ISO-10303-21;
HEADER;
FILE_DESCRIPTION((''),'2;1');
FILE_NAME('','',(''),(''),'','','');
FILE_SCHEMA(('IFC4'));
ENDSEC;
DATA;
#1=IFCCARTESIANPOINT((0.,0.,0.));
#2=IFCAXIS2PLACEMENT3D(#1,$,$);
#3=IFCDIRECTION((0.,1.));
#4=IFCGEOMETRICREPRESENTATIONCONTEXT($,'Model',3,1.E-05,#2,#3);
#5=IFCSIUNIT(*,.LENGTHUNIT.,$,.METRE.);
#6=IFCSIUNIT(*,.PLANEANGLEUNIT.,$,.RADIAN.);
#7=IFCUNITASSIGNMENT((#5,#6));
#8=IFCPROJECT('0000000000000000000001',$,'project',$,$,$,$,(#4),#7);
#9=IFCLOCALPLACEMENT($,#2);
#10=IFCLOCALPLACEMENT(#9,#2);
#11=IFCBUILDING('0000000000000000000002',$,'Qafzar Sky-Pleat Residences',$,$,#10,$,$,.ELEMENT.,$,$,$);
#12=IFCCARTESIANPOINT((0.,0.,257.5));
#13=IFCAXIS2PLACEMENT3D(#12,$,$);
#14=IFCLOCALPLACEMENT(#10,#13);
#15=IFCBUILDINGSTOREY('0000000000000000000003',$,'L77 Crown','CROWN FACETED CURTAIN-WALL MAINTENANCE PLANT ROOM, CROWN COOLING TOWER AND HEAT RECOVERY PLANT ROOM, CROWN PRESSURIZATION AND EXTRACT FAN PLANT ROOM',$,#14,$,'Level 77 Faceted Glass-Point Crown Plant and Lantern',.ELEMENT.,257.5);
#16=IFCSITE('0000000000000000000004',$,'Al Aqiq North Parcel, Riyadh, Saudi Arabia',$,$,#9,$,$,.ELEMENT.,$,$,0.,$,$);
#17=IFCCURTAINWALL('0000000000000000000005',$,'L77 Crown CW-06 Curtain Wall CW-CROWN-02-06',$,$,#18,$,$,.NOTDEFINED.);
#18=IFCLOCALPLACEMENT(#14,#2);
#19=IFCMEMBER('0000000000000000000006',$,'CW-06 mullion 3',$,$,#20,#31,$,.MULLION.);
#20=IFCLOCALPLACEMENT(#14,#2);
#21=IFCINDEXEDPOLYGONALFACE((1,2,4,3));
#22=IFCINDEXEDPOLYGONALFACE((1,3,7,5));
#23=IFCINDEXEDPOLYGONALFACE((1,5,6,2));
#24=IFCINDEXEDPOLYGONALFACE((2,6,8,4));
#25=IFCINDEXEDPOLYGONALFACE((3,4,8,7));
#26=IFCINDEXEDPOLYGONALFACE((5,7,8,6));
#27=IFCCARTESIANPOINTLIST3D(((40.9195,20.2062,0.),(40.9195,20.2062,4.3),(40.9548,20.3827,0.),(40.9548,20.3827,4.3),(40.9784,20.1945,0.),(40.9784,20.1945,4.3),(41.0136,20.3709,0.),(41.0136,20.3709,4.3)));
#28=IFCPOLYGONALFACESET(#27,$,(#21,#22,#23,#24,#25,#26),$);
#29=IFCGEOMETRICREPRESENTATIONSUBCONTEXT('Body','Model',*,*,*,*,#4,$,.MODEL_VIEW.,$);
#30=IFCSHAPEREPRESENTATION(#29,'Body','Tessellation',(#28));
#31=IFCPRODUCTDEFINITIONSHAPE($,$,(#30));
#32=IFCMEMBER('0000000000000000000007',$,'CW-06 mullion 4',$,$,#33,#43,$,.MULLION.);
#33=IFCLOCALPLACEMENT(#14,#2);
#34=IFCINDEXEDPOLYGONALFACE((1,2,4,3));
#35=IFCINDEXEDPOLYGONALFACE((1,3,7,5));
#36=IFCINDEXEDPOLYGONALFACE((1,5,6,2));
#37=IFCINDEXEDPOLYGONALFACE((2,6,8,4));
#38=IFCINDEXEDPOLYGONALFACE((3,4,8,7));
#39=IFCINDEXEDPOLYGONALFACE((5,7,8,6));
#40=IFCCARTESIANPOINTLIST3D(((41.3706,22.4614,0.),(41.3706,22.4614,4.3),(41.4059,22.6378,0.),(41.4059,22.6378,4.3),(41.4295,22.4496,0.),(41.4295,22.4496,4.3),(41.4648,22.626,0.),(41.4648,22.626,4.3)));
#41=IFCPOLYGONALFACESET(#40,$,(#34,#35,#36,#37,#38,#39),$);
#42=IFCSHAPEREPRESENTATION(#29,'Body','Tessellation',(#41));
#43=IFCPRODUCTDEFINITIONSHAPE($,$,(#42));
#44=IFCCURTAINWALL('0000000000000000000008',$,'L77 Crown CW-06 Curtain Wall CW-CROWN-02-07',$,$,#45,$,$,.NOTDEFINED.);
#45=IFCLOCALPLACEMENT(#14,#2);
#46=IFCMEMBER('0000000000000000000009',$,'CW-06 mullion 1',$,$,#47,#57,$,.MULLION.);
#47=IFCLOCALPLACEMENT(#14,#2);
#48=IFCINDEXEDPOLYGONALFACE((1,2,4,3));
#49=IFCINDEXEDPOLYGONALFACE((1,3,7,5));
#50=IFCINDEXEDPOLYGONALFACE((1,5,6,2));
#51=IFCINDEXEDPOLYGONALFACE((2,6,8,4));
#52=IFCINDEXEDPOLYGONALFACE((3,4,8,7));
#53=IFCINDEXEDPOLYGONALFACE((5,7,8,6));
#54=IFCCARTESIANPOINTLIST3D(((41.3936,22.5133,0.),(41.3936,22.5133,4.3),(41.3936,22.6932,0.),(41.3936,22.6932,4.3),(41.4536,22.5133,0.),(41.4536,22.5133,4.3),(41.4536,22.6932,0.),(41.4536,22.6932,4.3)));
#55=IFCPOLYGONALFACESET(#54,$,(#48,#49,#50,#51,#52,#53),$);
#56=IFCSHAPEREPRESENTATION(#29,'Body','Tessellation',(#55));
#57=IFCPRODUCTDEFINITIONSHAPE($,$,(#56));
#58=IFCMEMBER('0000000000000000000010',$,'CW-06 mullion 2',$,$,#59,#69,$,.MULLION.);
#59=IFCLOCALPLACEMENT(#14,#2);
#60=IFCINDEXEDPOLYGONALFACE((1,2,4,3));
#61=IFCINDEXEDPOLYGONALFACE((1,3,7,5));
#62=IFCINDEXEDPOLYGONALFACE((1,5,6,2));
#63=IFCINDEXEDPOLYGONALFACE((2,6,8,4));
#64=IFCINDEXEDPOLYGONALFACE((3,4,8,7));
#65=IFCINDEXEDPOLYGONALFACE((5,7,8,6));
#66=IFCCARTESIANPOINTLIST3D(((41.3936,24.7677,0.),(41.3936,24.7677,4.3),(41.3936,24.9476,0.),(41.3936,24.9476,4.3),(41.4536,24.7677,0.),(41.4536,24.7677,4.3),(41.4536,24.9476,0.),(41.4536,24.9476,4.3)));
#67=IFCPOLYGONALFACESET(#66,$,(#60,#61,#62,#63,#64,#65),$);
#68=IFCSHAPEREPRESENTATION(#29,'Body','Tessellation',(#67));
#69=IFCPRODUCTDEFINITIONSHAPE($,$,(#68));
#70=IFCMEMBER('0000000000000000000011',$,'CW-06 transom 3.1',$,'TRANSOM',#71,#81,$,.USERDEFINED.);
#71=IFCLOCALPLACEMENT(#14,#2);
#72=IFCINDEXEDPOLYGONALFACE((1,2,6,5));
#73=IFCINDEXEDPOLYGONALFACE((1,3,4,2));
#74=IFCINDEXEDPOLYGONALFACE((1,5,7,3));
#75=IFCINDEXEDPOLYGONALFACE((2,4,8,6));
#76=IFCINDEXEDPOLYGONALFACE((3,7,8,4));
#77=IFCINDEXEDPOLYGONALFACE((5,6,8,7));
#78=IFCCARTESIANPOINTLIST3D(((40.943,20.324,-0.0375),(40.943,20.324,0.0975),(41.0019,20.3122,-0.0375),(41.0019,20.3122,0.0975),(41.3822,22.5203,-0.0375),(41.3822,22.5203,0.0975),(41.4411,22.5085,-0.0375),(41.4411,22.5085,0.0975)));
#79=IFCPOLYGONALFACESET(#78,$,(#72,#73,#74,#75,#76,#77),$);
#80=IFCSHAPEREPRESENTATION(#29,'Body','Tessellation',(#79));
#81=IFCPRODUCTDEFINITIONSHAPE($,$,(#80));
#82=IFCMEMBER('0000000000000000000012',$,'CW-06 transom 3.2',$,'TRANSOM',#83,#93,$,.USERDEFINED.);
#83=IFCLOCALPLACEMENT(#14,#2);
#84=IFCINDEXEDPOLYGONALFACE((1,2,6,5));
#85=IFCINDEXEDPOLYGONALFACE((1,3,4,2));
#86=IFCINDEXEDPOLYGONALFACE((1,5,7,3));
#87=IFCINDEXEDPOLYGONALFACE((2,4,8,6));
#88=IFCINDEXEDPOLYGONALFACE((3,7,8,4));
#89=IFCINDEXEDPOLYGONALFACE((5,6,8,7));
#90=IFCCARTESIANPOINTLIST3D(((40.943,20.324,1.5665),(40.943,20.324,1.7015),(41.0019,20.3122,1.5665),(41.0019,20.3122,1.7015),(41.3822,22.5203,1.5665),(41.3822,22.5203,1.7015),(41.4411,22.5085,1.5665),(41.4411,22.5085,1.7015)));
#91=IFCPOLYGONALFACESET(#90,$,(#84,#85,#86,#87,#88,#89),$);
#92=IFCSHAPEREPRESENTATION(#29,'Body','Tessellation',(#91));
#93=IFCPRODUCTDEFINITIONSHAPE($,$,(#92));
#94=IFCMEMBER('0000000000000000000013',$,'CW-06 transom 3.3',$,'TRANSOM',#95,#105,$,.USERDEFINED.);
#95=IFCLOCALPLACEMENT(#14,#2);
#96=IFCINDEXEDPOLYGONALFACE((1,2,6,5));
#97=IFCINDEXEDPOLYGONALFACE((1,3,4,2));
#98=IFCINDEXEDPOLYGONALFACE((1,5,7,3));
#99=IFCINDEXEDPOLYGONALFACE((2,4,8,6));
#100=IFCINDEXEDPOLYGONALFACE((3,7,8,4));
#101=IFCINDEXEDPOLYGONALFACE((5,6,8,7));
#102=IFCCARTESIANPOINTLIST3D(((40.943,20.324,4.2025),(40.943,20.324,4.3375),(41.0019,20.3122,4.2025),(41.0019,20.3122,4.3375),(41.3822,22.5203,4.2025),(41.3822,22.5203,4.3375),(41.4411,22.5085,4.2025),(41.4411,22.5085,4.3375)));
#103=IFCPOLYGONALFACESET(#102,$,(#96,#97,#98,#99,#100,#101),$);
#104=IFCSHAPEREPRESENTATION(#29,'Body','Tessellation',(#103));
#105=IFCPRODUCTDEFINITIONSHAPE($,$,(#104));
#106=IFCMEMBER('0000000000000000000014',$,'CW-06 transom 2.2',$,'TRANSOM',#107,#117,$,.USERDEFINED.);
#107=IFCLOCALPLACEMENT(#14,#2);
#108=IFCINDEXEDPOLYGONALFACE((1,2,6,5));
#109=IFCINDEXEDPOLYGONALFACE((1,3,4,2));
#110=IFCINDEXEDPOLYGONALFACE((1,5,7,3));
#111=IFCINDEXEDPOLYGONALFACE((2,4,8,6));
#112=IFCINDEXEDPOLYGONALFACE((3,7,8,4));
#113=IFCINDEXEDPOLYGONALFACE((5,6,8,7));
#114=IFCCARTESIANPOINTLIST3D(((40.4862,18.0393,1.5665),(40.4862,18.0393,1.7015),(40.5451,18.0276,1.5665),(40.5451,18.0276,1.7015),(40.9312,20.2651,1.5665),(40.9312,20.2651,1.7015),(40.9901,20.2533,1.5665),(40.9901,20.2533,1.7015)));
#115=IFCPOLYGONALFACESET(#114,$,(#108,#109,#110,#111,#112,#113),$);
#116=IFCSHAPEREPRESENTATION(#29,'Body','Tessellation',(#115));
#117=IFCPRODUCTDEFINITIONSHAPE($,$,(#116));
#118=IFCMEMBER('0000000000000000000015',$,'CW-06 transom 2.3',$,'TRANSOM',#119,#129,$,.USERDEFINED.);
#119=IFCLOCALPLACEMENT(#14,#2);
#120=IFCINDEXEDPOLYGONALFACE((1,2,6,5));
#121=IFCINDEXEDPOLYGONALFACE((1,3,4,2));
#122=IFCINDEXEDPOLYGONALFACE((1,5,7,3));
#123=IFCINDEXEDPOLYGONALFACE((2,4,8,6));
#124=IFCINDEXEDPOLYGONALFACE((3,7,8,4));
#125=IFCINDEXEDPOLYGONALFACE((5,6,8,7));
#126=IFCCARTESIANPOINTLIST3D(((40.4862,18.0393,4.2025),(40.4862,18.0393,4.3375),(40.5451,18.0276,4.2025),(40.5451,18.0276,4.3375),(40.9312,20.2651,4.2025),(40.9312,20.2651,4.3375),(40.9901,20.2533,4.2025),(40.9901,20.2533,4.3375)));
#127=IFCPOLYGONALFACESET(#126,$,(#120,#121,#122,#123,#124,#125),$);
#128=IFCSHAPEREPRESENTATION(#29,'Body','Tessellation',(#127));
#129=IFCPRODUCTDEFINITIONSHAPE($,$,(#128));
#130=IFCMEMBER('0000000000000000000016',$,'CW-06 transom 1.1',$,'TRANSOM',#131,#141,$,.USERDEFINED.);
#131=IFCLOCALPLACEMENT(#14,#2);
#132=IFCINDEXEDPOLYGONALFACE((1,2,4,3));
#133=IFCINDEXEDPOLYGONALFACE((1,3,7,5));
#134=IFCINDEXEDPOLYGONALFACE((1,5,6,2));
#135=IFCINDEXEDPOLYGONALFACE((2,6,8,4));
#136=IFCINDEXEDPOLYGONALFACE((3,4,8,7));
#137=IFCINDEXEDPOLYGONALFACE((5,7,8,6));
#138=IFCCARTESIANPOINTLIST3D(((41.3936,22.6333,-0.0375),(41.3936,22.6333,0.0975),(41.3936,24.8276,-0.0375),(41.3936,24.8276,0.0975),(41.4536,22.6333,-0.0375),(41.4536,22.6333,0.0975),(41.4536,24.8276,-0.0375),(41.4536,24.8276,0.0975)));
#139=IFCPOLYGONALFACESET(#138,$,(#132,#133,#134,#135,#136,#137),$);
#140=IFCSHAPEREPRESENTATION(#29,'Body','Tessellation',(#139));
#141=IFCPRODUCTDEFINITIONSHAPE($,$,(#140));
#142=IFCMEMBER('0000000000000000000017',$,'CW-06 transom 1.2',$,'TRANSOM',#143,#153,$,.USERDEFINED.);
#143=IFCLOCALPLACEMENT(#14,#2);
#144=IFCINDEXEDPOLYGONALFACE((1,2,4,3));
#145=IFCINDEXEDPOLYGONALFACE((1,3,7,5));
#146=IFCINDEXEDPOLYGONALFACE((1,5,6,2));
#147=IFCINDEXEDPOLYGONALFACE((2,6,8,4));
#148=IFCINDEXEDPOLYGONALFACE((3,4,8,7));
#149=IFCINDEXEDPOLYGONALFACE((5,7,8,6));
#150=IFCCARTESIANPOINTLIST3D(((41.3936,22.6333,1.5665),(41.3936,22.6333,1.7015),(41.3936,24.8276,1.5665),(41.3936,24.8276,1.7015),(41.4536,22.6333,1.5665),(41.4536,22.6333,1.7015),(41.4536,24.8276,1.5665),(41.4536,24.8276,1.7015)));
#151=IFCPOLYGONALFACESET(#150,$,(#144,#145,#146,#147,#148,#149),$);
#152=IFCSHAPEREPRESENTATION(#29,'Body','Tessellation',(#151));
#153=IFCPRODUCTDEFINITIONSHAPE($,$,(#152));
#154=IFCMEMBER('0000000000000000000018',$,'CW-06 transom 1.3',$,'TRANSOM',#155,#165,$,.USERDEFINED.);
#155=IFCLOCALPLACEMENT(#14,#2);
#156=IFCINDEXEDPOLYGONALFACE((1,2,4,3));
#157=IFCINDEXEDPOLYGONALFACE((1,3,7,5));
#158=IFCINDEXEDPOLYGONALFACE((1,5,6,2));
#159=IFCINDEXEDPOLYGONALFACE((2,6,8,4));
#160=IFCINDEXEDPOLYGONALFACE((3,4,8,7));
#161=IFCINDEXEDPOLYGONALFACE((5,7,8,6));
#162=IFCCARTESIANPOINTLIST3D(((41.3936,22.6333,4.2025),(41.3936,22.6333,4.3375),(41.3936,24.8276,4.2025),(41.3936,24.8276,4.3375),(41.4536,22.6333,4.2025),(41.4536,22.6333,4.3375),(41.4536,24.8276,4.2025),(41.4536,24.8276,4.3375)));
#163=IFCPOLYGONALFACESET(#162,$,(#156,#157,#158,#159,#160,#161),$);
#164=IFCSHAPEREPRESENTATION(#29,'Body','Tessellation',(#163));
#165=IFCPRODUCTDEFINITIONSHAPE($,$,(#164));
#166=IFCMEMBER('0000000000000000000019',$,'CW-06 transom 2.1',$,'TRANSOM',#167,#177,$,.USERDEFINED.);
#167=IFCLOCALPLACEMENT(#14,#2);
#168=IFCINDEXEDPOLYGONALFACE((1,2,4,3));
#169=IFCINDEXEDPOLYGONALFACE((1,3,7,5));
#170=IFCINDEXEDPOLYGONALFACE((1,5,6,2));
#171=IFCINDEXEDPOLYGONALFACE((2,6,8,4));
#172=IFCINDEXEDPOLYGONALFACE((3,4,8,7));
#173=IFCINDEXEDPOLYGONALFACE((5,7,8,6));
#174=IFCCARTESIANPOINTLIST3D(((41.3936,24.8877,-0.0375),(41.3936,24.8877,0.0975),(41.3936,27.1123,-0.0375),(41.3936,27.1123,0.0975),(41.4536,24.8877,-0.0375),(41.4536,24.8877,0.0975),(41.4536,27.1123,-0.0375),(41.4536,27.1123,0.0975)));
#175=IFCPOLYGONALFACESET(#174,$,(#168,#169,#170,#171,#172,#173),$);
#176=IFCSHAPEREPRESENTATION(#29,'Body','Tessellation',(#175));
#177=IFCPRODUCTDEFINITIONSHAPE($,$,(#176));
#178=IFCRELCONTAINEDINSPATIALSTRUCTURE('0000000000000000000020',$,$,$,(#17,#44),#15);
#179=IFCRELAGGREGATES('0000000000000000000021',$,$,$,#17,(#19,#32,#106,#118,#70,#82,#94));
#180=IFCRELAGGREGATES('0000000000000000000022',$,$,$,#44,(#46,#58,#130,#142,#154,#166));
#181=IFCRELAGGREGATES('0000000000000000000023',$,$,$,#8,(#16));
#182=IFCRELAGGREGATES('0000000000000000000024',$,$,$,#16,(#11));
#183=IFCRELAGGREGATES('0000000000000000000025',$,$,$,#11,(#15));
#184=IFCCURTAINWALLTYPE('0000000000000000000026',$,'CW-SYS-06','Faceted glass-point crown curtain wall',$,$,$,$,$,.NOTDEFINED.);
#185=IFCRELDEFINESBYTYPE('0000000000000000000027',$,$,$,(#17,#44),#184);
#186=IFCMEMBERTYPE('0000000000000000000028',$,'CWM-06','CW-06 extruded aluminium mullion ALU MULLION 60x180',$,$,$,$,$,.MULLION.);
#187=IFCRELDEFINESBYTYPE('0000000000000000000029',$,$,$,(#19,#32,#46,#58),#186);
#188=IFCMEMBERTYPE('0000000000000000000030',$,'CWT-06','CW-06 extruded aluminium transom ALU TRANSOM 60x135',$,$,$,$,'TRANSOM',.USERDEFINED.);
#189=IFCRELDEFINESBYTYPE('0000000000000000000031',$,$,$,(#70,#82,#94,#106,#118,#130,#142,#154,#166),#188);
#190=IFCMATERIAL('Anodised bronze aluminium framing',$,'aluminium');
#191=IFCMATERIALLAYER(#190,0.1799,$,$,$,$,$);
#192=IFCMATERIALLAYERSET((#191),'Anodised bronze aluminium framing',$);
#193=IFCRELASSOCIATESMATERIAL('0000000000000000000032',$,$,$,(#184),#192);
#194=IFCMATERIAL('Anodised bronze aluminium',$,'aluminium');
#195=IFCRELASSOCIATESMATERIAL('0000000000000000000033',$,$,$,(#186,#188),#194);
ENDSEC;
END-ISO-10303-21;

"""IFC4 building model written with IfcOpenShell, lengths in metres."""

from ifc_helpers import new_model, si_unit, direction, frame, origin, origin_2d, place, context, subcontext, project, spatial, rectangle, extrude, source, transform, mapped, material, layer, layer_set, material_profile, profile_set, type_object, element, aggregate, save


model = new_model("IFC4")

# Units and contexts
model_context = context("Model", 3, precision=1e-05, world=origin(), true_north=direction((0.0, 1.0)))
body_context = subcontext(model_context, "Body", "Model", "MODEL_VIEW")
ifc_project = project(units=[si_unit("LENGTHUNIT", "METRE"), si_unit("PLANEANGLEUNIT", "RADIAN")], contexts=[model_context])

# Site, building, storey
site_placement = place(None, origin())
site = spatial("IfcSite", under=ifc_project, at=site_placement, Name="Al Aqiq North Parcel, Riyadh, Saudi Arabia", CompositionType="ELEMENT", RefElevation=0.0)
building_placement = place(site_placement, origin())
building = spatial("IfcBuilding", under=site, at=building_placement, Name="Qafzar Sky-Pleat Residences", CompositionType="ELEMENT")
storey_placement = place(building_placement, frame((0.0, 0.0, 257.5)))
storey = spatial("IfcBuildingStorey", under=building, at=storey_placement, Name="L77 Crown", Description="CROWN FACETED CURTAIN-WALL MAINTENANCE PLANT ROOM, CROWN COOLING TOWER AND HEAT RECOVERY PLANT ROOM, CROWN PRESSURIZATION AND EXTRACT FAN PLANT ROOM", LongName="Level 77 Faceted Glass-Point Crown Plant and Lantern", CompositionType="ELEMENT", Elevation=257.5)

# Curtain walls, members
ifc_material_1 = material(Name="Anodised bronze aluminium framing", Category="aluminium")
ifc_layer_1 = layer(ifc_material_1, 0.1799)
ifc_layer_set_1 = layer_set([ifc_layer_1], Name="Anodised bronze aluminium framing")
curtain_wall_type = type_object("IfcCurtainWallType", Name="CW-SYS-06", Description="Faceted glass-point crown curtain wall", PredefinedType="NOTDEFINED", material=ifc_layer_set_1)
curtain_wall_1_placement = place(storey_placement, origin())
curtain_wall_1 = element("IfcCurtainWall", 1, at=curtain_wall_1_placement, inside=storey, type_object=curtain_wall_type, Name="L77 Crown CW-06 Curtain Wall CW-CROWN-02-06", PredefinedType="NOTDEFINED")
ifc_material_2 = material(Name="Anodised bronze aluminium", Category="aluminium")
ifc_material_profile_1 = material_profile(ifc_material_2, rectangle(XDim=0.0601, YDim=0.1799, at=origin_2d()), Name="ALU MULLION 60x180")
ifc_profile_set_1 = profile_set([ifc_material_profile_1], Name="Anodised bronze aluminium")
member_type_1 = type_object("IfcMemberType", Name="CWM-06", Description="CW-06 extruded aluminium mullion ALU MULLION 60x180", PredefinedType="MULLION", material=ifc_profile_set_1)
shared_shape_1 = source(origin(), body_context, "Body", "SweptSolid", [
    extrude(rectangle(XDim=0.0601, YDim=0.1799, at=origin_2d()), origin(), (0.0, 0.0, 1.0), 4.3),
])
member_1_placement = place(storey_placement, frame((40.9666, 20.2886, 0.0), z_axis=(0.0, 0.0, 1.0), x_axis=(-0.980578, 0.196127, 0.0)))
member_1 = element("IfcMember", 2, at=member_1_placement, type_object=member_type_1, Name="CW-06 mullion 3", PredefinedType="MULLION", context=body_context, shape_type="MappedRepresentation", body=[
    mapped(shared_shape_1, transform((0.0, 0.0, 0.0), x_axis=(1.0, 0.0, 0.0), y_axis=(0.0, 1.0, 0.0), z_axis=(0.0, 0.0, 1.0), scale=1.0)),
])
member_2_placement = place(storey_placement, frame((41.4177, 22.5437, 0.0), z_axis=(0.0, 0.0, 1.0), x_axis=(-0.980578, 0.196127, 0.0)))
member_2 = element("IfcMember", 3, at=member_2_placement, type_object=member_type_1, Name="CW-06 mullion 4", PredefinedType="MULLION", context=body_context, shape_type="MappedRepresentation", body=[
    mapped(shared_shape_1, transform((0.0, 0.0, 0.0), x_axis=(1.0, 0.0, 0.0), y_axis=(0.0, 1.0, 0.0), z_axis=(0.0, 0.0, 1.0), scale=1.0)),
])
curtain_wall_2_placement = place(storey_placement, origin())
curtain_wall_2 = element("IfcCurtainWall", 4, at=curtain_wall_2_placement, inside=storey, type_object=curtain_wall_type, Name="L77 Crown CW-06 Curtain Wall CW-CROWN-02-07", PredefinedType="NOTDEFINED")
member_3_placement = place(storey_placement, frame((41.4236, 22.6033, 0.0), z_axis=(0.0, 0.0, 1.0), x_axis=(-1.0, 0.0, 0.0)))
member_3 = element("IfcMember", 5, at=member_3_placement, type_object=member_type_1, Name="CW-06 mullion 1", PredefinedType="MULLION", context=body_context, shape_type="MappedRepresentation", body=[
    mapped(shared_shape_1, transform((0.0, 0.0, 0.0), x_axis=(1.0, 0.0, 0.0), y_axis=(0.0, 1.0, 0.0), z_axis=(0.0, 0.0, 1.0), scale=1.0)),
])
member_4_placement = place(storey_placement, frame((41.4236, 24.8577, 0.0), z_axis=(0.0, 0.0, 1.0), x_axis=(-1.0, 0.0, 0.0)))
member_4 = element("IfcMember", 6, at=member_4_placement, type_object=member_type_1, Name="CW-06 mullion 2", PredefinedType="MULLION", context=body_context, shape_type="MappedRepresentation", body=[
    mapped(shared_shape_1, transform((0.0, 0.0, 0.0), x_axis=(1.0, 0.0, 0.0), y_axis=(0.0, 1.0, 0.0), z_axis=(0.0, 0.0, 1.0), scale=1.0)),
])

# Members
ifc_material_profile_2 = material_profile(ifc_material_2, rectangle(XDim=0.0601, YDim=0.135, at=origin_2d()), Name="ALU TRANSOM 60x135")
ifc_profile_set_2 = profile_set([ifc_material_profile_2], Name="Anodised bronze aluminium")
member_type_2 = type_object("IfcMemberType", Name="CWT-06", Description="CW-06 extruded aluminium transom ALU TRANSOM 60x135", ElementType="TRANSOM", PredefinedType="USERDEFINED", material=ifc_profile_set_2)
shared_shape_2 = source(origin(), body_context, "Body", "SweptSolid", [
    extrude(rectangle(XDim=0.0601, YDim=0.135, at=origin_2d()), origin(), (0.0, 0.0, 1.0), 2.2397),
])
member_5_placement = place(storey_placement, frame((40.9724, 20.3181, 0.03), z_axis=(0.196095, 0.980585, 0.0), x_axis=(-0.980585, 0.196095, 0.0)))
member_5 = element("IfcMember", 7, at=member_5_placement, type_object=member_type_2, Name="CW-06 transom 3.1", ObjectType="TRANSOM", PredefinedType="USERDEFINED", context=body_context, shape_type="MappedRepresentation", body=[
    mapped(shared_shape_2, transform((0.0, 0.0, 0.0), x_axis=(1.0, 0.0, 0.0), y_axis=(0.0, 1.0, 0.0), z_axis=(0.0, 0.0, 1.0), scale=1.0)),
])
member_6_placement = place(storey_placement, frame((40.9724, 20.3181, 1.634), z_axis=(0.196095, 0.980585, 0.0), x_axis=(-0.980585, 0.196095, 0.0)))
member_6 = element("IfcMember", 8, at=member_6_placement, type_object=member_type_2, Name="CW-06 transom 3.2", ObjectType="TRANSOM", PredefinedType="USERDEFINED", context=body_context, shape_type="MappedRepresentation", body=[
    mapped(shared_shape_2, transform((0.0, 0.0, 0.0), x_axis=(1.0, 0.0, 0.0), y_axis=(0.0, 1.0, 0.0), z_axis=(0.0, 0.0, 1.0), scale=1.0)),
])
member_7_placement = place(storey_placement, frame((40.9724, 20.3181, 4.27), z_axis=(0.196095, 0.980585, 0.0), x_axis=(-0.980585, 0.196095, 0.0)))
member_7 = element("IfcMember", 9, at=member_7_placement, type_object=member_type_2, Name="CW-06 transom 3.3", ObjectType="TRANSOM", PredefinedType="USERDEFINED", context=body_context, shape_type="MappedRepresentation", body=[
    mapped(shared_shape_2, transform((0.0, 0.0, 0.0), x_axis=(1.0, 0.0, 0.0), y_axis=(0.0, 1.0, 0.0), z_axis=(0.0, 0.0, 1.0), scale=1.0)),
])
shared_shape_3 = source(origin(), body_context, "Body", "SweptSolid", [
    extrude(rectangle(XDim=0.0601, YDim=0.135, at=origin_2d()), origin(), (0.0, 0.0, 1.0), 2.2698),
])
member_8_placement = place(storey_placement, frame((40.5156, 18.0334, 1.634), z_axis=(0.196075, 0.980589, 0.0), x_axis=(-0.980589, 0.196075, 0.0)))
member_8 = element("IfcMember", 10, at=member_8_placement, type_object=member_type_2, Name="CW-06 transom 2.2", ObjectType="TRANSOM", PredefinedType="USERDEFINED", context=body_context, shape_type="MappedRepresentation", body=[
    mapped(shared_shape_3, transform((0.0, 0.0, 0.0), x_axis=(1.0, 0.0, 0.0), y_axis=(0.0, 1.0, 0.0), z_axis=(0.0, 0.0, 1.0), scale=1.0)),
])
member_9_placement = place(storey_placement, frame((40.5156, 18.0334, 4.27), z_axis=(0.196075, 0.980589, 0.0), x_axis=(-0.980589, 0.196075, 0.0)))
member_9 = element("IfcMember", 11, at=member_9_placement, type_object=member_type_2, Name="CW-06 transom 2.3", ObjectType="TRANSOM", PredefinedType="USERDEFINED", context=body_context, shape_type="MappedRepresentation", body=[
    mapped(shared_shape_3, transform((0.0, 0.0, 0.0), x_axis=(1.0, 0.0, 0.0), y_axis=(0.0, 1.0, 0.0), z_axis=(0.0, 0.0, 1.0), scale=1.0)),
])
shared_shape_4 = source(origin(), body_context, "Body", "SweptSolid", [
    extrude(rectangle(XDim=0.0601, YDim=0.135, at=origin_2d()), origin(), (0.0, 0.0, 1.0), 2.1943),
])
member_10_placement = place(storey_placement, frame((41.4236, 22.6333, 0.03), z_axis=(0.0, 1.0, 0.0), x_axis=(-1.0, 0.0, 0.0)))
member_10 = element("IfcMember", 12, at=member_10_placement, type_object=member_type_2, Name="CW-06 transom 1.1", ObjectType="TRANSOM", PredefinedType="USERDEFINED", context=body_context, shape_type="MappedRepresentation", body=[
    mapped(shared_shape_4, transform((0.0, 0.0, 0.0), x_axis=(1.0, 0.0, 0.0), y_axis=(0.0, 1.0, 0.0), z_axis=(0.0, 0.0, 1.0), scale=1.0)),
])
member_11_placement = place(storey_placement, frame((41.4236, 22.6333, 1.634), z_axis=(0.0, 1.0, 0.0), x_axis=(-1.0, 0.0, 0.0)))
member_11 = element("IfcMember", 13, at=member_11_placement, type_object=member_type_2, Name="CW-06 transom 1.2", ObjectType="TRANSOM", PredefinedType="USERDEFINED", context=body_context, shape_type="MappedRepresentation", body=[
    mapped(shared_shape_4, transform((0.0, 0.0, 0.0), x_axis=(1.0, 0.0, 0.0), y_axis=(0.0, 1.0, 0.0), z_axis=(0.0, 0.0, 1.0), scale=1.0)),
])
member_12_placement = place(storey_placement, frame((41.4236, 22.6333, 4.27), z_axis=(0.0, 1.0, 0.0), x_axis=(-1.0, 0.0, 0.0)))
member_12 = element("IfcMember", 14, at=member_12_placement, type_object=member_type_2, Name="CW-06 transom 1.3", ObjectType="TRANSOM", PredefinedType="USERDEFINED", context=body_context, shape_type="MappedRepresentation", body=[
    mapped(shared_shape_4, transform((0.0, 0.0, 0.0), x_axis=(1.0, 0.0, 0.0), y_axis=(0.0, 1.0, 0.0), z_axis=(0.0, 0.0, 1.0), scale=1.0)),
])
shared_shape_5 = source(origin(), body_context, "Body", "SweptSolid", [
    extrude(rectangle(XDim=0.0601, YDim=0.135, at=origin_2d()), origin(), (0.0, 0.0, 1.0), 2.2246),
])
member_13_placement = place(storey_placement, frame((41.4236, 24.8877, 0.03), z_axis=(0.0, 1.0, 0.0), x_axis=(-1.0, 0.0, 0.0)))
member_13 = element("IfcMember", 15, at=member_13_placement, type_object=member_type_2, Name="CW-06 transom 2.1", ObjectType="TRANSOM", PredefinedType="USERDEFINED", context=body_context, shape_type="MappedRepresentation", body=[
    mapped(shared_shape_5, transform((0.0, 0.0, 0.0), x_axis=(1.0, 0.0, 0.0), y_axis=(0.0, 1.0, 0.0), z_axis=(0.0, 0.0, 1.0), scale=1.0)),
])

aggregate(curtain_wall_1, [member_1, member_2, member_8, member_9, member_5, member_6, member_7])
aggregate(curtain_wall_2, [member_3, member_4, member_10, member_11, member_12, member_13])

save(model, "model.ifc")
